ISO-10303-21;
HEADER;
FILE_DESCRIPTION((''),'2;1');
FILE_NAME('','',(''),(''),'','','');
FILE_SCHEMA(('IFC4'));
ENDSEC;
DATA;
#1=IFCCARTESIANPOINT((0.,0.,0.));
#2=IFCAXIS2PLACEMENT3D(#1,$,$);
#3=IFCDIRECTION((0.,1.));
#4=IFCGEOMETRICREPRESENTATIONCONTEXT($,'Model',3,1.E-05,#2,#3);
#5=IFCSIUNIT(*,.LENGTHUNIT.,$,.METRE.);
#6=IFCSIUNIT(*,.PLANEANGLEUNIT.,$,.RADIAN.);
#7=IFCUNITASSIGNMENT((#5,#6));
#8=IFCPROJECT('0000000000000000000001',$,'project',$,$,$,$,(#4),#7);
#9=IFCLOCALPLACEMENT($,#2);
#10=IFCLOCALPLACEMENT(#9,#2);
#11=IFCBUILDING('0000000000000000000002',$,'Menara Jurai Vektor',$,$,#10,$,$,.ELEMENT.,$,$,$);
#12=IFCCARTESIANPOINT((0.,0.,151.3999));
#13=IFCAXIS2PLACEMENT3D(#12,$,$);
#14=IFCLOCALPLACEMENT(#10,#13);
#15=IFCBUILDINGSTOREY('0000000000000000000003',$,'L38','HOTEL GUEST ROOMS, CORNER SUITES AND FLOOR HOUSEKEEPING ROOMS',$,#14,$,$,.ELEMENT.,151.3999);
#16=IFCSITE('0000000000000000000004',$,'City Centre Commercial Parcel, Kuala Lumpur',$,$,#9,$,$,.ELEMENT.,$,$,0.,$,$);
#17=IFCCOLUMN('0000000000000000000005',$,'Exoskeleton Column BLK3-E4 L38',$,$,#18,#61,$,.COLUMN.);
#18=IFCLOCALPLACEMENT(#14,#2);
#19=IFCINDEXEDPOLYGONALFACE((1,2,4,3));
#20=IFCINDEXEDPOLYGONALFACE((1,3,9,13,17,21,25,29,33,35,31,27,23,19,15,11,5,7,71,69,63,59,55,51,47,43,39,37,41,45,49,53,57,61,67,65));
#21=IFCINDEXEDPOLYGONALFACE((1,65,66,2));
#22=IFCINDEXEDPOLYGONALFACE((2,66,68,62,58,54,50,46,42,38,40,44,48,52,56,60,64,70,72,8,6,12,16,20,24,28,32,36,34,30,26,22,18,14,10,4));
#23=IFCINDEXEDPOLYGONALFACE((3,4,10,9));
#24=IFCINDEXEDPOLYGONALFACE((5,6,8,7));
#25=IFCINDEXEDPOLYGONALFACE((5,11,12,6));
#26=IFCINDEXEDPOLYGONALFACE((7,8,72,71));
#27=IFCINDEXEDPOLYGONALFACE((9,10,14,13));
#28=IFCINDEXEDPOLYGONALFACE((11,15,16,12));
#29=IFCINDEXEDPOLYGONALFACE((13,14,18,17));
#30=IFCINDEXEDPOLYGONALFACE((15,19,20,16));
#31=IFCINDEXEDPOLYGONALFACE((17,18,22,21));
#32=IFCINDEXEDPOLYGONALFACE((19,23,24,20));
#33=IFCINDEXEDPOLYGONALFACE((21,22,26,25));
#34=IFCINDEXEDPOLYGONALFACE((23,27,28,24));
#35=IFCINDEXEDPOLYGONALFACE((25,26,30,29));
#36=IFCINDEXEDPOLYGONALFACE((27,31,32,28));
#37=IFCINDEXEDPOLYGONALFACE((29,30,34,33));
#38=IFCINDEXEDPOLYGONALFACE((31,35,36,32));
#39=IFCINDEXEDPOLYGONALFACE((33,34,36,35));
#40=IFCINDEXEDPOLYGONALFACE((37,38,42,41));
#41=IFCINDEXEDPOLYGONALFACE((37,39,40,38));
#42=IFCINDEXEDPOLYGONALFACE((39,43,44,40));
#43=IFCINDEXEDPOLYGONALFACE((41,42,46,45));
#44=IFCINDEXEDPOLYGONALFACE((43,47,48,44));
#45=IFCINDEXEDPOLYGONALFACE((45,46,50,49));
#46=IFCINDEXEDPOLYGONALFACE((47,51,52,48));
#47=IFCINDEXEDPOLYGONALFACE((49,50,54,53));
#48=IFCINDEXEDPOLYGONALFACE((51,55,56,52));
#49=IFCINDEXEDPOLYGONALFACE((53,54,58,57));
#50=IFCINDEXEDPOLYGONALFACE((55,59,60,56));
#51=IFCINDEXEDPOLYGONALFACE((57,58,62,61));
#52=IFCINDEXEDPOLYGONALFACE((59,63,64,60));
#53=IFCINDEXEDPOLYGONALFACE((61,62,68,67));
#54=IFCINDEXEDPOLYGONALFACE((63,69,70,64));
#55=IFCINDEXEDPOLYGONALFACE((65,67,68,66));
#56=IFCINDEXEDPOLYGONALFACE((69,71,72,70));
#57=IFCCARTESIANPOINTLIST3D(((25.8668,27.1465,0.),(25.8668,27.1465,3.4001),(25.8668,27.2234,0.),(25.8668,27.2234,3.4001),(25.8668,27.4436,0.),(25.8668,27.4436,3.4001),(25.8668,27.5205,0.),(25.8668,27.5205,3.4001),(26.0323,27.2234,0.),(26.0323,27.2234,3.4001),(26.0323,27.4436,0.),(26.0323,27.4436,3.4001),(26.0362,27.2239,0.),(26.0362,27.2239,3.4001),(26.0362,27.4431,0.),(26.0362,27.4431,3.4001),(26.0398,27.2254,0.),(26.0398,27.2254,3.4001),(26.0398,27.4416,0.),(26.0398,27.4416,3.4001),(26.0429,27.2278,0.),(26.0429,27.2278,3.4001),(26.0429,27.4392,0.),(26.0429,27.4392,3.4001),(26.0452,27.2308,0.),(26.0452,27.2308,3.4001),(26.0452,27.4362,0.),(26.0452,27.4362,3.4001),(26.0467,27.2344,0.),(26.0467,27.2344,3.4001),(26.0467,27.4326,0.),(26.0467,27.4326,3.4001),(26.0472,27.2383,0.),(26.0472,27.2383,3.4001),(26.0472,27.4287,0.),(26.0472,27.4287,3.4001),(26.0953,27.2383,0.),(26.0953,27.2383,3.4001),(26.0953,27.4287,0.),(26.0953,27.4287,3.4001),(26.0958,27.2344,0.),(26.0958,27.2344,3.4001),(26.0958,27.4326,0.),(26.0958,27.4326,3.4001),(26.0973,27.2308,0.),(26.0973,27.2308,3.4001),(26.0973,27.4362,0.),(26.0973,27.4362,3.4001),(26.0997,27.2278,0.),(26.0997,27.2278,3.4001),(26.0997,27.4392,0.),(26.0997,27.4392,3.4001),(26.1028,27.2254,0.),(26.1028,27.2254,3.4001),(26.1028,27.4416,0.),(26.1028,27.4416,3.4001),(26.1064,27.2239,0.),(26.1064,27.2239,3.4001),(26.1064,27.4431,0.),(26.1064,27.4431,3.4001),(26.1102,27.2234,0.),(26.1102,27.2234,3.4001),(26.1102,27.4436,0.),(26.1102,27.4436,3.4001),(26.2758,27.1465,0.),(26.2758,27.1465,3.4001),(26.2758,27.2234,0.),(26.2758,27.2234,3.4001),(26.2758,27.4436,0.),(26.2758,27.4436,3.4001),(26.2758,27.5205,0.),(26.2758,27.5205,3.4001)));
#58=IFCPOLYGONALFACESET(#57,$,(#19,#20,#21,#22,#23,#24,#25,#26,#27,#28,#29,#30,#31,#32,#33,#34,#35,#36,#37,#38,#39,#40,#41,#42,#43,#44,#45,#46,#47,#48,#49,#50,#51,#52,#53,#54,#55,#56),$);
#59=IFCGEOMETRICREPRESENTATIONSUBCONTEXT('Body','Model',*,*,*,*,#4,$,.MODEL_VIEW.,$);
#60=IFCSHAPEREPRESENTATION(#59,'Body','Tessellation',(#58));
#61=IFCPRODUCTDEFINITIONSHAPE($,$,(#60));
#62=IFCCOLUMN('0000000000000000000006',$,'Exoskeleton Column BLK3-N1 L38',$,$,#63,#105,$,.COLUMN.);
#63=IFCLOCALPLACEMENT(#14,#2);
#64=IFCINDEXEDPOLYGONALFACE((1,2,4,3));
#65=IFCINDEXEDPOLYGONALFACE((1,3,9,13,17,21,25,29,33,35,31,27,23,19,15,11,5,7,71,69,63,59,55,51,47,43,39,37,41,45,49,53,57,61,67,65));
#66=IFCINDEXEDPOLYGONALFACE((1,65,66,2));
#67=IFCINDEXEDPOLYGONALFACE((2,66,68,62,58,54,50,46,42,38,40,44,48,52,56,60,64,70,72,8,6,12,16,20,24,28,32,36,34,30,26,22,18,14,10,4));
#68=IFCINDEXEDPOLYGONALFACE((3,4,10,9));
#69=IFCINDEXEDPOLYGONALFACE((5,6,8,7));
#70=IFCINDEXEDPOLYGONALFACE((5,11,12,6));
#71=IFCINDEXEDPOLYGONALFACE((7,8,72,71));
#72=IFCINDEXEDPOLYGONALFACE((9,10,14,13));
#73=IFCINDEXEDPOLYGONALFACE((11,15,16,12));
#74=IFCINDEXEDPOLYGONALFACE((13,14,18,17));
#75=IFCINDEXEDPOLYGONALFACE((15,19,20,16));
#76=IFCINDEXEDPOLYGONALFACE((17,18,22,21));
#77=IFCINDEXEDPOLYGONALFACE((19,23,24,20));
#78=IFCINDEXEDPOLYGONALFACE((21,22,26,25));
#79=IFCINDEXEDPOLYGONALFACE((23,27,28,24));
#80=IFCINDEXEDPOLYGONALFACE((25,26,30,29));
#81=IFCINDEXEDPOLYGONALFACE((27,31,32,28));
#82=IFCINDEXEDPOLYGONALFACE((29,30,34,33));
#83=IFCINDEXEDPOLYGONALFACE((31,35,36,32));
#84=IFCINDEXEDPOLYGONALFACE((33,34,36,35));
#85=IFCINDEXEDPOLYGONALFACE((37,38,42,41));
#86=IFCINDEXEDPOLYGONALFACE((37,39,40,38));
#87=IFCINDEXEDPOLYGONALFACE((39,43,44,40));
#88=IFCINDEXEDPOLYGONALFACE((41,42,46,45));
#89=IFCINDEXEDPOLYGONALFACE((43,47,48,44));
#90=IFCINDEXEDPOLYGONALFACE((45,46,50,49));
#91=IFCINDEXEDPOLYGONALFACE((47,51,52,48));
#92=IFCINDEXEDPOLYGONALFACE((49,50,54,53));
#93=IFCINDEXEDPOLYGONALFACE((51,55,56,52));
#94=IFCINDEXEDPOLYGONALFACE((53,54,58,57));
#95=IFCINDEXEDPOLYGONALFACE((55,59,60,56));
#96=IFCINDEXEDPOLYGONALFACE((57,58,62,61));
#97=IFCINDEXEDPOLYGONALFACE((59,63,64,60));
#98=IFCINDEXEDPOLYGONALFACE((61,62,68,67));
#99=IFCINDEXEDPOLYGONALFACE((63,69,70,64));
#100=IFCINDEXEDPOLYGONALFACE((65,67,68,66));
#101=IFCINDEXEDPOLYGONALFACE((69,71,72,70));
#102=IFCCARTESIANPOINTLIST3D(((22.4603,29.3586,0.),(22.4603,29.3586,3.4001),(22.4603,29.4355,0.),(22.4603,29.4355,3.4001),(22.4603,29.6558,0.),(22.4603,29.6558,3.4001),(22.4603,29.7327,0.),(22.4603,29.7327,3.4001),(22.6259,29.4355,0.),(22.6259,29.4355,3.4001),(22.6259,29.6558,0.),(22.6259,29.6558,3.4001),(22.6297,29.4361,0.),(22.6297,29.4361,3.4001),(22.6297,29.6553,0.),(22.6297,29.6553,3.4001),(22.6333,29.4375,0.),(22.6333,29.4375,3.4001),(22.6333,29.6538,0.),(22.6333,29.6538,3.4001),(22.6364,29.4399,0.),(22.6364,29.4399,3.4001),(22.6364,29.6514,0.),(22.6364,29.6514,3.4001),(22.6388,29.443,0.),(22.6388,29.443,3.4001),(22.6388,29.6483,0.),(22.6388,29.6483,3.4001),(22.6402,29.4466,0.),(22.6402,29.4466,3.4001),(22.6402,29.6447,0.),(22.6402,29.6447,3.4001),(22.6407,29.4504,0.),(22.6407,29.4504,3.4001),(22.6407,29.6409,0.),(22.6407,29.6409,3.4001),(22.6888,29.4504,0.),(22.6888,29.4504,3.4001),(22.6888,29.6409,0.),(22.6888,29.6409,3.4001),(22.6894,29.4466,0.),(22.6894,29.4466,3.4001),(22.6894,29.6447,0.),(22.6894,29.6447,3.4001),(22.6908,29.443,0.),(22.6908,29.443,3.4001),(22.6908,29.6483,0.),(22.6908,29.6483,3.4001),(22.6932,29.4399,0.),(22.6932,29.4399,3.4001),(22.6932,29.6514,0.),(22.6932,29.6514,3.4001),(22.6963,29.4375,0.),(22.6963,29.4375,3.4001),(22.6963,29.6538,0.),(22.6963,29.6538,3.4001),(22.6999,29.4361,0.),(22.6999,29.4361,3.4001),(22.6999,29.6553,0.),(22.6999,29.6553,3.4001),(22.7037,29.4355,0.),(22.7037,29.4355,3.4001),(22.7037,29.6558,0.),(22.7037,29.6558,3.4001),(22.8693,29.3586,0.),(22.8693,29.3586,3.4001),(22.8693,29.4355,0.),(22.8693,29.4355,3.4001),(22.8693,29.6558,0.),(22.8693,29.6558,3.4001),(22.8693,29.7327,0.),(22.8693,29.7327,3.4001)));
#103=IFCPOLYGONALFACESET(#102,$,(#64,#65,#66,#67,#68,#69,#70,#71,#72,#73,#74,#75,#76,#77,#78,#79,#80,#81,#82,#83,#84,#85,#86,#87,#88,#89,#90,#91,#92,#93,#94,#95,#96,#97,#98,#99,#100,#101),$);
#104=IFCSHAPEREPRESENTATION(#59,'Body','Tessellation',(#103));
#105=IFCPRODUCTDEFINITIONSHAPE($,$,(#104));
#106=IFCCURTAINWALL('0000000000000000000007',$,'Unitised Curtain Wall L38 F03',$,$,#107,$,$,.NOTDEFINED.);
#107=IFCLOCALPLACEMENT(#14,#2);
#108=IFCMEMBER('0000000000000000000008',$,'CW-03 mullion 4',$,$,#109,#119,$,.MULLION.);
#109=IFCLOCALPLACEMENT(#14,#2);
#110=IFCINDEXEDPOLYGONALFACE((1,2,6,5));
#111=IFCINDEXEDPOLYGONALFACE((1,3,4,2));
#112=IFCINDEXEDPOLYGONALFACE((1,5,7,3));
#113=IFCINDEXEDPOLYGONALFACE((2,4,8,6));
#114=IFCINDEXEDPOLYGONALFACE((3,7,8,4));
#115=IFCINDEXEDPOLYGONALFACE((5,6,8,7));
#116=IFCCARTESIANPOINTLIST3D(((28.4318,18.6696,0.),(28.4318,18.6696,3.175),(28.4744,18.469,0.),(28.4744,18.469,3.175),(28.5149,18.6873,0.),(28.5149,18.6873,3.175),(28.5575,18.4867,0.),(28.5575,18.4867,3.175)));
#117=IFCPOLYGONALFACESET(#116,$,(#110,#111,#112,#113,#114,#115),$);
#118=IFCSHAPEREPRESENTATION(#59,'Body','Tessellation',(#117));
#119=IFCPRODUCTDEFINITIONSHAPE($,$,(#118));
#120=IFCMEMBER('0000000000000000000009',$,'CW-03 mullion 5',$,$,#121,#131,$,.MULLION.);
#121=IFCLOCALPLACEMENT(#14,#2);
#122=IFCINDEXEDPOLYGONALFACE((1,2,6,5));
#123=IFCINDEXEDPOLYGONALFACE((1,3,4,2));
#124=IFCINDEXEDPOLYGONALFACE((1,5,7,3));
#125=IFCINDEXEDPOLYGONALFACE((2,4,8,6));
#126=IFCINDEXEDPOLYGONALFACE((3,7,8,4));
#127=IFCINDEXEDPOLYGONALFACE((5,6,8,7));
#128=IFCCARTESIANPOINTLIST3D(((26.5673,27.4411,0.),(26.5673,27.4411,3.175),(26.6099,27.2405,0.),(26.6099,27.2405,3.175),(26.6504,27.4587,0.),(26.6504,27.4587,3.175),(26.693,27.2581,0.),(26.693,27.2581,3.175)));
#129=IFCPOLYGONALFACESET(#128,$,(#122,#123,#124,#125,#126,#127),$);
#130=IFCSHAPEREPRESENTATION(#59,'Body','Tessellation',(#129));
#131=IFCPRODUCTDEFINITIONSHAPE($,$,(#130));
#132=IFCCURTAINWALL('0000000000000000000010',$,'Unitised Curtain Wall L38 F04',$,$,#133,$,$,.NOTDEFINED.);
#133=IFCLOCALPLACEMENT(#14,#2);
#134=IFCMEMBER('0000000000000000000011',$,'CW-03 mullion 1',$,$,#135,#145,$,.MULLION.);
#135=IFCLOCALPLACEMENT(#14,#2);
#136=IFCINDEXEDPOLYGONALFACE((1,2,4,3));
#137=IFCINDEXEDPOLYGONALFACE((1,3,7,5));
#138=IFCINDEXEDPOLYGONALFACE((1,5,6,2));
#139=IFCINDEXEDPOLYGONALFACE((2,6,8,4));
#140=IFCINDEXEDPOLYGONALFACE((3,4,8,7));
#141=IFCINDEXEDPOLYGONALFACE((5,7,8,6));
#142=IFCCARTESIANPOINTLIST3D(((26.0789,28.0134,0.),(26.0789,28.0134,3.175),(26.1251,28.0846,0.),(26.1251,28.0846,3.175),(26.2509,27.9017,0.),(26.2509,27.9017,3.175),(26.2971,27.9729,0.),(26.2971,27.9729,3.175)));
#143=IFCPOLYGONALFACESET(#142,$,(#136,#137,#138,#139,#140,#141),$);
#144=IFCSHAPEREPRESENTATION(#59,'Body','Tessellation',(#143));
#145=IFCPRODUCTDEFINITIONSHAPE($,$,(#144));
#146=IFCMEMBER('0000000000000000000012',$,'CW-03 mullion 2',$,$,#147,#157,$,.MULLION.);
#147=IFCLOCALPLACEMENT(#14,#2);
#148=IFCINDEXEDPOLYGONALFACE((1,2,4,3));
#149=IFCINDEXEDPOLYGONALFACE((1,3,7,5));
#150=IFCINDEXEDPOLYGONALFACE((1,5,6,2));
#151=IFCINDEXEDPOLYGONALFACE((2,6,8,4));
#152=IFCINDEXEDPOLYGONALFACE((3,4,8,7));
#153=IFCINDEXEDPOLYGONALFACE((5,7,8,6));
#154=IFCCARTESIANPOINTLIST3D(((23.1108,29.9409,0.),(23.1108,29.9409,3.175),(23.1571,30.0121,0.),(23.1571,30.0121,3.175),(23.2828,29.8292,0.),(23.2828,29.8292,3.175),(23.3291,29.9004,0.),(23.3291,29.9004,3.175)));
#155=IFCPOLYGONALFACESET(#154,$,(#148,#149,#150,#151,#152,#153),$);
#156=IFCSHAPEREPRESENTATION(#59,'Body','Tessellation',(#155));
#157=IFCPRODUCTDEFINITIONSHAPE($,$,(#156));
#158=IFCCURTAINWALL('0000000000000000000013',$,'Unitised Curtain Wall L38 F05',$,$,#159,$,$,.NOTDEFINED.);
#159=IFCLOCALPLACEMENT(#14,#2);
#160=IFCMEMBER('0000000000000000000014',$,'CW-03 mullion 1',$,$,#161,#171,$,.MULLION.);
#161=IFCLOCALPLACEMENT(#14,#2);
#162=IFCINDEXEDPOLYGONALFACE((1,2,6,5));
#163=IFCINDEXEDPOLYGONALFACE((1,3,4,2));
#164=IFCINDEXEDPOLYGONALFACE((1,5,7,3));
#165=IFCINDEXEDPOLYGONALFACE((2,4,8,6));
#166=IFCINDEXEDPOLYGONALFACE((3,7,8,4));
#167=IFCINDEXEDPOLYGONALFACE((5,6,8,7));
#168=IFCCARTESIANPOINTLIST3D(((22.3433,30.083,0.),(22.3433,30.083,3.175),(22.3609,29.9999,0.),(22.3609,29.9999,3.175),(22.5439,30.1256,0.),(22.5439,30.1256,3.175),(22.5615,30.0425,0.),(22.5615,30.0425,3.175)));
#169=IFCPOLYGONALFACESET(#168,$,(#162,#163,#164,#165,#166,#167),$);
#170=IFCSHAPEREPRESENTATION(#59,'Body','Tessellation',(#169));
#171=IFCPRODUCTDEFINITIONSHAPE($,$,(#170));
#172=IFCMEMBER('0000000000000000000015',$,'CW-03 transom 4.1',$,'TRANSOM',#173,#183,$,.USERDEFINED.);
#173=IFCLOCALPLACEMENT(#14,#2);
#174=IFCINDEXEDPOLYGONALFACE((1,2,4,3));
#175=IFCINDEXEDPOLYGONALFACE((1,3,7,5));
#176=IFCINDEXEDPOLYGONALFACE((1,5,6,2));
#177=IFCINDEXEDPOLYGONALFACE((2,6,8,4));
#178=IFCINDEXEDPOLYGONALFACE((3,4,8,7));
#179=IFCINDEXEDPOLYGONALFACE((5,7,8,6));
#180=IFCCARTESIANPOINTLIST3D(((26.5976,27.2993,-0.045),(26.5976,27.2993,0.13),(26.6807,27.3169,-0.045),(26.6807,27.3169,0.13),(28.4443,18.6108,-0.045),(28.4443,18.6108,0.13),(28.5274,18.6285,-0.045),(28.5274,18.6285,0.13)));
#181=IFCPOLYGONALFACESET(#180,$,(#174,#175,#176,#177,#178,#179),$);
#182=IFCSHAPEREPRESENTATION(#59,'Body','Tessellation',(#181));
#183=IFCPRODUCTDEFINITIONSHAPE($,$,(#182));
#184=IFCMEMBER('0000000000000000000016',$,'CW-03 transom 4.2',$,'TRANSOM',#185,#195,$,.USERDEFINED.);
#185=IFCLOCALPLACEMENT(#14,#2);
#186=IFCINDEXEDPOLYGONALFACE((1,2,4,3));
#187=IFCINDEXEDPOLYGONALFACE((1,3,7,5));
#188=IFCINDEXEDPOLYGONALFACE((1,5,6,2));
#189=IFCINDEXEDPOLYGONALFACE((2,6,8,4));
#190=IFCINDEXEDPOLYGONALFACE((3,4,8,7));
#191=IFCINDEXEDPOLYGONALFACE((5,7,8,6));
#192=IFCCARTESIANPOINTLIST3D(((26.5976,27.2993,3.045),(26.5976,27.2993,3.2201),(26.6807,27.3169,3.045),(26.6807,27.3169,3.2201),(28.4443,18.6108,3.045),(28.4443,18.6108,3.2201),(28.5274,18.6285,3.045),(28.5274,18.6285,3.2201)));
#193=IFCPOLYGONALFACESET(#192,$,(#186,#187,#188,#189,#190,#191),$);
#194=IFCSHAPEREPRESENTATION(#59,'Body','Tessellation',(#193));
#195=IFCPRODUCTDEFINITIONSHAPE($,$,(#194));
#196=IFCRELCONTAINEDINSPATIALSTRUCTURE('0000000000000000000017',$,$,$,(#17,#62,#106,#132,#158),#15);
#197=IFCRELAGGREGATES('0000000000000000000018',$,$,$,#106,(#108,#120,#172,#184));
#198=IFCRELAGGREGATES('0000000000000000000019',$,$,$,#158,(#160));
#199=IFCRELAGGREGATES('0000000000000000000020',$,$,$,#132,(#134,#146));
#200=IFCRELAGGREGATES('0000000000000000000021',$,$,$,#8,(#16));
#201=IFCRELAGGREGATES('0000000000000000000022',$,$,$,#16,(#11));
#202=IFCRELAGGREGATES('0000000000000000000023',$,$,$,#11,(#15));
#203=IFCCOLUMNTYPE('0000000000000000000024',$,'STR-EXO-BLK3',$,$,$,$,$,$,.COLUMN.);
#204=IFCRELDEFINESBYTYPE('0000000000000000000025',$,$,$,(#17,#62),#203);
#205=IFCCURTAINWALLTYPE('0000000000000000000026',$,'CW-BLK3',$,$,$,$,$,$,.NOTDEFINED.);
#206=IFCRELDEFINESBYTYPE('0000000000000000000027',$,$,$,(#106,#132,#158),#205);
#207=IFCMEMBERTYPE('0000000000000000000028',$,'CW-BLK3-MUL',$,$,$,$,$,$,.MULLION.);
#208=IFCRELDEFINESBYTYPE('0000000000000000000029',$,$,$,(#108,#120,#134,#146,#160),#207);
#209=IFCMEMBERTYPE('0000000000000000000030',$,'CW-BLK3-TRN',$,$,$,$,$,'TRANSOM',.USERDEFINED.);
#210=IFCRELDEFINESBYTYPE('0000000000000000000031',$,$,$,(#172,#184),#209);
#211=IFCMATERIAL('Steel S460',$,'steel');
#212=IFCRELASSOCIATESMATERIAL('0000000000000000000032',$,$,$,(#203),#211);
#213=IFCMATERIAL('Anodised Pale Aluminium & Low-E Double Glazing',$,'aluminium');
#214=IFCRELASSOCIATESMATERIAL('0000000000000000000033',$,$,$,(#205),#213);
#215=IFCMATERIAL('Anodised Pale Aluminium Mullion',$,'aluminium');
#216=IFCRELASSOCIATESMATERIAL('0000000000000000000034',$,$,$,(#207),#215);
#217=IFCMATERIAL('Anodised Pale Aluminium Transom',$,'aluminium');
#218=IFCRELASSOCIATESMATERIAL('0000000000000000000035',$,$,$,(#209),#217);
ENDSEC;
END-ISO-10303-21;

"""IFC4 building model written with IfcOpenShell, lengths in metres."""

from ifc_helpers import new_model, si_unit, direction, frame, origin, origin_2d, place, context, subcontext, project, spatial, rectangle, i_section, extrude, material, material_profile, profile_set, type_object, element, aggregate, save


model = new_model("IFC4")

# Units and contexts
model_context = context("Model", 3, precision=1e-05, world=origin(), true_north=direction((0.0, 1.0)))
body_context = subcontext(model_context, "Body", "Model", "MODEL_VIEW")
ifc_project = project(units=[si_unit("LENGTHUNIT", "METRE"), si_unit("PLANEANGLEUNIT", "RADIAN")], contexts=[model_context])

# Site, building, storey
site_placement = place(None, origin())
site = spatial("IfcSite", under=ifc_project, at=site_placement, Name="City Centre Commercial Parcel, Kuala Lumpur", CompositionType="ELEMENT", RefElevation=0.0)
building_placement = place(site_placement, origin())
building = spatial("IfcBuilding", under=site, at=building_placement, Name="Menara Jurai Vektor", CompositionType="ELEMENT")
storey_placement = place(building_placement, frame((0.0, 0.0, 151.3999)))
storey = spatial("IfcBuildingStorey", under=building, at=storey_placement, Name="L38", Description="HOTEL GUEST ROOMS, CORNER SUITES AND FLOOR HOUSEKEEPING ROOMS", CompositionType="ELEMENT", Elevation=151.3999)

# Columns
ifc_material_1 = material(Name="Steel S460", Category="steel")
ifc_material_profile_1 = material_profile(ifc_material_1, i_section(OverallWidth=0.4089, OverallDepth=0.374, WebThickness=0.0481, FlangeThickness=0.0769, FilletRadius=0.0149, at=origin_2d()), Name="HD 400x634")
ifc_profile_set_1 = profile_set([ifc_material_profile_1], Name="Steel S460")
column_type = type_object("IfcColumnType", Name="STR-EXO-BLK3", PredefinedType="COLUMN", material=ifc_profile_set_1)
for number, where, z_axis, x_axis, name in (
    (1, (26.0713, 27.3335, 0.0), (0.0, 0.0, 1.0), (1.0, 0.0, 0.0), "Exoskeleton Column BLK3-E4 L38"),
    (2, (22.6648, 29.5457, 0.0), (0.0, 0.0, 1.0), (1.0, 0.0, 0.0), "Exoskeleton Column BLK3-N1 L38"),
):
    element("IfcColumn", number, at=place(storey_placement, frame(where, z_axis=z_axis, x_axis=x_axis)), inside=storey, type_object=column_type, Name=name, PredefinedType="COLUMN", context=body_context, shape_type="SweptSolid", body=[
        extrude(i_section(OverallWidth=0.4089, OverallDepth=0.374, WebThickness=0.0481, FlangeThickness=0.0769, FilletRadius=0.0149, at=origin_2d()), origin(), (0.0, 0.0, 1.0), 3.4001),
    ])

# Curtain walls, members
ifc_material_2 = material(Name="Anodised Pale Aluminium & Low-E Double Glazing", Category="aluminium")
curtain_wall_type = type_object("IfcCurtainWallType", Name="CW-BLK3", PredefinedType="NOTDEFINED", material=ifc_material_2)
curtain_wall_1_placement = place(storey_placement, origin())
curtain_wall_1 = element("IfcCurtainWall", 3, at=curtain_wall_1_placement, inside=storey, type_object=curtain_wall_type, Name="Unitised Curtain Wall L38 F03", PredefinedType="NOTDEFINED")
ifc_material_3 = material(Name="Anodised Pale Aluminium Mullion", Category="aluminium")
ifc_material_profile_2 = material_profile(ifc_material_3, rectangle(XDim=0.085, YDim=0.2051, at=origin_2d()), Name="ALU MUL 85x205")
ifc_profile_set_2 = profile_set([ifc_material_profile_2], Name="Anodised Pale Aluminium Mullion")
member_type_1 = type_object("IfcMemberType", Name="CW-BLK3-MUL", PredefinedType="MULLION", material=ifc_profile_set_2)
member_1_placement = place(storey_placement, frame((28.4946, 18.5781, 0.0), z_axis=(0.0, 0.0, 1.0), x_axis=(-0.978148, -0.20791, 0.0)))
member_1 = element("IfcMember", 4, at=member_1_placement, type_object=member_type_1, Name="CW-03 mullion 4", PredefinedType="MULLION", context=body_context, shape_type="SweptSolid", body=[
    extrude(rectangle(XDim=0.085, YDim=0.2051, at=origin_2d()), origin(), (0.0, 0.0, 1.0), 3.175),
])
member_2_placement = place(storey_placement, frame((26.6301, 27.3496, 0.0), z_axis=(0.0, 0.0, 1.0), x_axis=(-0.978148, -0.20791, 0.0)))
member_2 = element("IfcMember", 5, at=member_2_placement, type_object=member_type_1, Name="CW-03 mullion 5", PredefinedType="MULLION", context=body_context, shape_type="SweptSolid", body=[
    extrude(rectangle(XDim=0.085, YDim=0.2051, at=origin_2d()), origin(), (0.0, 0.0, 1.0), 3.175),
])
curtain_wall_2_placement = place(storey_placement, origin())
curtain_wall_2 = element("IfcCurtainWall", 6, at=curtain_wall_2_placement, inside=storey, type_object=curtain_wall_type, Name="Unitised Curtain Wall L38 F04", PredefinedType="NOTDEFINED")
member_3_placement = place(storey_placement, frame((26.188, 27.9932, 0.0), z_axis=(0.0, 0.0, 1.0), x_axis=(-0.544618, -0.838684, 0.0)))
member_3 = element("IfcMember", 7, at=member_3_placement, type_object=member_type_1, Name="CW-03 mullion 1", PredefinedType="MULLION", context=body_context, shape_type="SweptSolid", body=[
    extrude(rectangle(XDim=0.085, YDim=0.2051, at=origin_2d()), origin(), (0.0, 0.0, 1.0), 3.175),
])
member_4_placement = place(storey_placement, frame((23.22, 29.9207, 0.0), z_axis=(0.0, 0.0, 1.0), x_axis=(-0.544618, -0.838684, 0.0)))
member_4 = element("IfcMember", 8, at=member_4_placement, type_object=member_type_1, Name="CW-03 mullion 2", PredefinedType="MULLION", context=body_context, shape_type="SweptSolid", body=[
    extrude(rectangle(XDim=0.085, YDim=0.2051, at=origin_2d()), origin(), (0.0, 0.0, 1.0), 3.175),
])

# Curtain wall, member
curtain_wall_3_placement = place(storey_placement, origin())
curtain_wall_3 = element("IfcCurtainWall", 9, at=curtain_wall_3_placement, inside=storey, type_object=curtain_wall_type, Name="Unitised Curtain Wall L38 F05", PredefinedType="NOTDEFINED")
member_5_placement = place(storey_placement, frame((22.4524, 30.0627, 0.0), z_axis=(0.0, 0.0, 1.0), x_axis=(0.207911, -0.978148, 0.0)))
member_5 = element("IfcMember", 10, at=member_5_placement, type_object=member_type_1, Name="CW-03 mullion 1", PredefinedType="MULLION", context=body_context, shape_type="SweptSolid", body=[
    extrude(rectangle(XDim=0.085, YDim=0.2051, at=origin_2d()), origin(), (0.0, 0.0, 1.0), 3.175),
])

# Members
ifc_material_4 = material(Name="Anodised Pale Aluminium Transom", Category="aluminium")
ifc_material_profile_3 = material_profile(ifc_material_4, rectangle(XDim=0.085, YDim=0.175, at=origin_2d()), Name="ALU TRN 85x175")
ifc_profile_set_3 = profile_set([ifc_material_profile_3], Name="Anodised Pale Aluminium Transom")
member_type_2 = type_object("IfcMemberType", Name="CW-BLK3-TRN", ElementType="TRANSOM", PredefinedType="USERDEFINED", material=ifc_profile_set_3)
member_6_placement = place(storey_placement, frame((28.4858, 18.6196, 0.0425), z_axis=(-0.2079, 0.97815, 0.0), x_axis=(-0.97815, -0.2079, 0.0)))
member_6 = element("IfcMember", 11, at=member_6_placement, type_object=member_type_2, Name="CW-03 transom 4.1", ObjectType="TRANSOM", PredefinedType="USERDEFINED", context=body_context, shape_type="SweptSolid", body=[
    extrude(rectangle(XDim=0.085, YDim=0.175, at=origin_2d()), origin(), (0.0, 0.0, 1.0), 8.8826),
])
member_7_placement = place(storey_placement, frame((28.4858, 18.6196, 3.1326), z_axis=(-0.2079, 0.97815, 0.0), x_axis=(-0.97815, -0.2079, 0.0)))
member_7 = element("IfcMember", 12, at=member_7_placement, type_object=member_type_2, Name="CW-03 transom 4.2", ObjectType="TRANSOM", PredefinedType="USERDEFINED", context=body_context, shape_type="SweptSolid", body=[
    extrude(rectangle(XDim=0.085, YDim=0.175, at=origin_2d()), origin(), (0.0, 0.0, 1.0), 8.8826),
])

aggregate(curtain_wall_1, [member_1, member_2, member_6, member_7])
aggregate(curtain_wall_3, [member_5])
aggregate(curtain_wall_2, [member_3, member_4])

save(model, "model.ifc")
